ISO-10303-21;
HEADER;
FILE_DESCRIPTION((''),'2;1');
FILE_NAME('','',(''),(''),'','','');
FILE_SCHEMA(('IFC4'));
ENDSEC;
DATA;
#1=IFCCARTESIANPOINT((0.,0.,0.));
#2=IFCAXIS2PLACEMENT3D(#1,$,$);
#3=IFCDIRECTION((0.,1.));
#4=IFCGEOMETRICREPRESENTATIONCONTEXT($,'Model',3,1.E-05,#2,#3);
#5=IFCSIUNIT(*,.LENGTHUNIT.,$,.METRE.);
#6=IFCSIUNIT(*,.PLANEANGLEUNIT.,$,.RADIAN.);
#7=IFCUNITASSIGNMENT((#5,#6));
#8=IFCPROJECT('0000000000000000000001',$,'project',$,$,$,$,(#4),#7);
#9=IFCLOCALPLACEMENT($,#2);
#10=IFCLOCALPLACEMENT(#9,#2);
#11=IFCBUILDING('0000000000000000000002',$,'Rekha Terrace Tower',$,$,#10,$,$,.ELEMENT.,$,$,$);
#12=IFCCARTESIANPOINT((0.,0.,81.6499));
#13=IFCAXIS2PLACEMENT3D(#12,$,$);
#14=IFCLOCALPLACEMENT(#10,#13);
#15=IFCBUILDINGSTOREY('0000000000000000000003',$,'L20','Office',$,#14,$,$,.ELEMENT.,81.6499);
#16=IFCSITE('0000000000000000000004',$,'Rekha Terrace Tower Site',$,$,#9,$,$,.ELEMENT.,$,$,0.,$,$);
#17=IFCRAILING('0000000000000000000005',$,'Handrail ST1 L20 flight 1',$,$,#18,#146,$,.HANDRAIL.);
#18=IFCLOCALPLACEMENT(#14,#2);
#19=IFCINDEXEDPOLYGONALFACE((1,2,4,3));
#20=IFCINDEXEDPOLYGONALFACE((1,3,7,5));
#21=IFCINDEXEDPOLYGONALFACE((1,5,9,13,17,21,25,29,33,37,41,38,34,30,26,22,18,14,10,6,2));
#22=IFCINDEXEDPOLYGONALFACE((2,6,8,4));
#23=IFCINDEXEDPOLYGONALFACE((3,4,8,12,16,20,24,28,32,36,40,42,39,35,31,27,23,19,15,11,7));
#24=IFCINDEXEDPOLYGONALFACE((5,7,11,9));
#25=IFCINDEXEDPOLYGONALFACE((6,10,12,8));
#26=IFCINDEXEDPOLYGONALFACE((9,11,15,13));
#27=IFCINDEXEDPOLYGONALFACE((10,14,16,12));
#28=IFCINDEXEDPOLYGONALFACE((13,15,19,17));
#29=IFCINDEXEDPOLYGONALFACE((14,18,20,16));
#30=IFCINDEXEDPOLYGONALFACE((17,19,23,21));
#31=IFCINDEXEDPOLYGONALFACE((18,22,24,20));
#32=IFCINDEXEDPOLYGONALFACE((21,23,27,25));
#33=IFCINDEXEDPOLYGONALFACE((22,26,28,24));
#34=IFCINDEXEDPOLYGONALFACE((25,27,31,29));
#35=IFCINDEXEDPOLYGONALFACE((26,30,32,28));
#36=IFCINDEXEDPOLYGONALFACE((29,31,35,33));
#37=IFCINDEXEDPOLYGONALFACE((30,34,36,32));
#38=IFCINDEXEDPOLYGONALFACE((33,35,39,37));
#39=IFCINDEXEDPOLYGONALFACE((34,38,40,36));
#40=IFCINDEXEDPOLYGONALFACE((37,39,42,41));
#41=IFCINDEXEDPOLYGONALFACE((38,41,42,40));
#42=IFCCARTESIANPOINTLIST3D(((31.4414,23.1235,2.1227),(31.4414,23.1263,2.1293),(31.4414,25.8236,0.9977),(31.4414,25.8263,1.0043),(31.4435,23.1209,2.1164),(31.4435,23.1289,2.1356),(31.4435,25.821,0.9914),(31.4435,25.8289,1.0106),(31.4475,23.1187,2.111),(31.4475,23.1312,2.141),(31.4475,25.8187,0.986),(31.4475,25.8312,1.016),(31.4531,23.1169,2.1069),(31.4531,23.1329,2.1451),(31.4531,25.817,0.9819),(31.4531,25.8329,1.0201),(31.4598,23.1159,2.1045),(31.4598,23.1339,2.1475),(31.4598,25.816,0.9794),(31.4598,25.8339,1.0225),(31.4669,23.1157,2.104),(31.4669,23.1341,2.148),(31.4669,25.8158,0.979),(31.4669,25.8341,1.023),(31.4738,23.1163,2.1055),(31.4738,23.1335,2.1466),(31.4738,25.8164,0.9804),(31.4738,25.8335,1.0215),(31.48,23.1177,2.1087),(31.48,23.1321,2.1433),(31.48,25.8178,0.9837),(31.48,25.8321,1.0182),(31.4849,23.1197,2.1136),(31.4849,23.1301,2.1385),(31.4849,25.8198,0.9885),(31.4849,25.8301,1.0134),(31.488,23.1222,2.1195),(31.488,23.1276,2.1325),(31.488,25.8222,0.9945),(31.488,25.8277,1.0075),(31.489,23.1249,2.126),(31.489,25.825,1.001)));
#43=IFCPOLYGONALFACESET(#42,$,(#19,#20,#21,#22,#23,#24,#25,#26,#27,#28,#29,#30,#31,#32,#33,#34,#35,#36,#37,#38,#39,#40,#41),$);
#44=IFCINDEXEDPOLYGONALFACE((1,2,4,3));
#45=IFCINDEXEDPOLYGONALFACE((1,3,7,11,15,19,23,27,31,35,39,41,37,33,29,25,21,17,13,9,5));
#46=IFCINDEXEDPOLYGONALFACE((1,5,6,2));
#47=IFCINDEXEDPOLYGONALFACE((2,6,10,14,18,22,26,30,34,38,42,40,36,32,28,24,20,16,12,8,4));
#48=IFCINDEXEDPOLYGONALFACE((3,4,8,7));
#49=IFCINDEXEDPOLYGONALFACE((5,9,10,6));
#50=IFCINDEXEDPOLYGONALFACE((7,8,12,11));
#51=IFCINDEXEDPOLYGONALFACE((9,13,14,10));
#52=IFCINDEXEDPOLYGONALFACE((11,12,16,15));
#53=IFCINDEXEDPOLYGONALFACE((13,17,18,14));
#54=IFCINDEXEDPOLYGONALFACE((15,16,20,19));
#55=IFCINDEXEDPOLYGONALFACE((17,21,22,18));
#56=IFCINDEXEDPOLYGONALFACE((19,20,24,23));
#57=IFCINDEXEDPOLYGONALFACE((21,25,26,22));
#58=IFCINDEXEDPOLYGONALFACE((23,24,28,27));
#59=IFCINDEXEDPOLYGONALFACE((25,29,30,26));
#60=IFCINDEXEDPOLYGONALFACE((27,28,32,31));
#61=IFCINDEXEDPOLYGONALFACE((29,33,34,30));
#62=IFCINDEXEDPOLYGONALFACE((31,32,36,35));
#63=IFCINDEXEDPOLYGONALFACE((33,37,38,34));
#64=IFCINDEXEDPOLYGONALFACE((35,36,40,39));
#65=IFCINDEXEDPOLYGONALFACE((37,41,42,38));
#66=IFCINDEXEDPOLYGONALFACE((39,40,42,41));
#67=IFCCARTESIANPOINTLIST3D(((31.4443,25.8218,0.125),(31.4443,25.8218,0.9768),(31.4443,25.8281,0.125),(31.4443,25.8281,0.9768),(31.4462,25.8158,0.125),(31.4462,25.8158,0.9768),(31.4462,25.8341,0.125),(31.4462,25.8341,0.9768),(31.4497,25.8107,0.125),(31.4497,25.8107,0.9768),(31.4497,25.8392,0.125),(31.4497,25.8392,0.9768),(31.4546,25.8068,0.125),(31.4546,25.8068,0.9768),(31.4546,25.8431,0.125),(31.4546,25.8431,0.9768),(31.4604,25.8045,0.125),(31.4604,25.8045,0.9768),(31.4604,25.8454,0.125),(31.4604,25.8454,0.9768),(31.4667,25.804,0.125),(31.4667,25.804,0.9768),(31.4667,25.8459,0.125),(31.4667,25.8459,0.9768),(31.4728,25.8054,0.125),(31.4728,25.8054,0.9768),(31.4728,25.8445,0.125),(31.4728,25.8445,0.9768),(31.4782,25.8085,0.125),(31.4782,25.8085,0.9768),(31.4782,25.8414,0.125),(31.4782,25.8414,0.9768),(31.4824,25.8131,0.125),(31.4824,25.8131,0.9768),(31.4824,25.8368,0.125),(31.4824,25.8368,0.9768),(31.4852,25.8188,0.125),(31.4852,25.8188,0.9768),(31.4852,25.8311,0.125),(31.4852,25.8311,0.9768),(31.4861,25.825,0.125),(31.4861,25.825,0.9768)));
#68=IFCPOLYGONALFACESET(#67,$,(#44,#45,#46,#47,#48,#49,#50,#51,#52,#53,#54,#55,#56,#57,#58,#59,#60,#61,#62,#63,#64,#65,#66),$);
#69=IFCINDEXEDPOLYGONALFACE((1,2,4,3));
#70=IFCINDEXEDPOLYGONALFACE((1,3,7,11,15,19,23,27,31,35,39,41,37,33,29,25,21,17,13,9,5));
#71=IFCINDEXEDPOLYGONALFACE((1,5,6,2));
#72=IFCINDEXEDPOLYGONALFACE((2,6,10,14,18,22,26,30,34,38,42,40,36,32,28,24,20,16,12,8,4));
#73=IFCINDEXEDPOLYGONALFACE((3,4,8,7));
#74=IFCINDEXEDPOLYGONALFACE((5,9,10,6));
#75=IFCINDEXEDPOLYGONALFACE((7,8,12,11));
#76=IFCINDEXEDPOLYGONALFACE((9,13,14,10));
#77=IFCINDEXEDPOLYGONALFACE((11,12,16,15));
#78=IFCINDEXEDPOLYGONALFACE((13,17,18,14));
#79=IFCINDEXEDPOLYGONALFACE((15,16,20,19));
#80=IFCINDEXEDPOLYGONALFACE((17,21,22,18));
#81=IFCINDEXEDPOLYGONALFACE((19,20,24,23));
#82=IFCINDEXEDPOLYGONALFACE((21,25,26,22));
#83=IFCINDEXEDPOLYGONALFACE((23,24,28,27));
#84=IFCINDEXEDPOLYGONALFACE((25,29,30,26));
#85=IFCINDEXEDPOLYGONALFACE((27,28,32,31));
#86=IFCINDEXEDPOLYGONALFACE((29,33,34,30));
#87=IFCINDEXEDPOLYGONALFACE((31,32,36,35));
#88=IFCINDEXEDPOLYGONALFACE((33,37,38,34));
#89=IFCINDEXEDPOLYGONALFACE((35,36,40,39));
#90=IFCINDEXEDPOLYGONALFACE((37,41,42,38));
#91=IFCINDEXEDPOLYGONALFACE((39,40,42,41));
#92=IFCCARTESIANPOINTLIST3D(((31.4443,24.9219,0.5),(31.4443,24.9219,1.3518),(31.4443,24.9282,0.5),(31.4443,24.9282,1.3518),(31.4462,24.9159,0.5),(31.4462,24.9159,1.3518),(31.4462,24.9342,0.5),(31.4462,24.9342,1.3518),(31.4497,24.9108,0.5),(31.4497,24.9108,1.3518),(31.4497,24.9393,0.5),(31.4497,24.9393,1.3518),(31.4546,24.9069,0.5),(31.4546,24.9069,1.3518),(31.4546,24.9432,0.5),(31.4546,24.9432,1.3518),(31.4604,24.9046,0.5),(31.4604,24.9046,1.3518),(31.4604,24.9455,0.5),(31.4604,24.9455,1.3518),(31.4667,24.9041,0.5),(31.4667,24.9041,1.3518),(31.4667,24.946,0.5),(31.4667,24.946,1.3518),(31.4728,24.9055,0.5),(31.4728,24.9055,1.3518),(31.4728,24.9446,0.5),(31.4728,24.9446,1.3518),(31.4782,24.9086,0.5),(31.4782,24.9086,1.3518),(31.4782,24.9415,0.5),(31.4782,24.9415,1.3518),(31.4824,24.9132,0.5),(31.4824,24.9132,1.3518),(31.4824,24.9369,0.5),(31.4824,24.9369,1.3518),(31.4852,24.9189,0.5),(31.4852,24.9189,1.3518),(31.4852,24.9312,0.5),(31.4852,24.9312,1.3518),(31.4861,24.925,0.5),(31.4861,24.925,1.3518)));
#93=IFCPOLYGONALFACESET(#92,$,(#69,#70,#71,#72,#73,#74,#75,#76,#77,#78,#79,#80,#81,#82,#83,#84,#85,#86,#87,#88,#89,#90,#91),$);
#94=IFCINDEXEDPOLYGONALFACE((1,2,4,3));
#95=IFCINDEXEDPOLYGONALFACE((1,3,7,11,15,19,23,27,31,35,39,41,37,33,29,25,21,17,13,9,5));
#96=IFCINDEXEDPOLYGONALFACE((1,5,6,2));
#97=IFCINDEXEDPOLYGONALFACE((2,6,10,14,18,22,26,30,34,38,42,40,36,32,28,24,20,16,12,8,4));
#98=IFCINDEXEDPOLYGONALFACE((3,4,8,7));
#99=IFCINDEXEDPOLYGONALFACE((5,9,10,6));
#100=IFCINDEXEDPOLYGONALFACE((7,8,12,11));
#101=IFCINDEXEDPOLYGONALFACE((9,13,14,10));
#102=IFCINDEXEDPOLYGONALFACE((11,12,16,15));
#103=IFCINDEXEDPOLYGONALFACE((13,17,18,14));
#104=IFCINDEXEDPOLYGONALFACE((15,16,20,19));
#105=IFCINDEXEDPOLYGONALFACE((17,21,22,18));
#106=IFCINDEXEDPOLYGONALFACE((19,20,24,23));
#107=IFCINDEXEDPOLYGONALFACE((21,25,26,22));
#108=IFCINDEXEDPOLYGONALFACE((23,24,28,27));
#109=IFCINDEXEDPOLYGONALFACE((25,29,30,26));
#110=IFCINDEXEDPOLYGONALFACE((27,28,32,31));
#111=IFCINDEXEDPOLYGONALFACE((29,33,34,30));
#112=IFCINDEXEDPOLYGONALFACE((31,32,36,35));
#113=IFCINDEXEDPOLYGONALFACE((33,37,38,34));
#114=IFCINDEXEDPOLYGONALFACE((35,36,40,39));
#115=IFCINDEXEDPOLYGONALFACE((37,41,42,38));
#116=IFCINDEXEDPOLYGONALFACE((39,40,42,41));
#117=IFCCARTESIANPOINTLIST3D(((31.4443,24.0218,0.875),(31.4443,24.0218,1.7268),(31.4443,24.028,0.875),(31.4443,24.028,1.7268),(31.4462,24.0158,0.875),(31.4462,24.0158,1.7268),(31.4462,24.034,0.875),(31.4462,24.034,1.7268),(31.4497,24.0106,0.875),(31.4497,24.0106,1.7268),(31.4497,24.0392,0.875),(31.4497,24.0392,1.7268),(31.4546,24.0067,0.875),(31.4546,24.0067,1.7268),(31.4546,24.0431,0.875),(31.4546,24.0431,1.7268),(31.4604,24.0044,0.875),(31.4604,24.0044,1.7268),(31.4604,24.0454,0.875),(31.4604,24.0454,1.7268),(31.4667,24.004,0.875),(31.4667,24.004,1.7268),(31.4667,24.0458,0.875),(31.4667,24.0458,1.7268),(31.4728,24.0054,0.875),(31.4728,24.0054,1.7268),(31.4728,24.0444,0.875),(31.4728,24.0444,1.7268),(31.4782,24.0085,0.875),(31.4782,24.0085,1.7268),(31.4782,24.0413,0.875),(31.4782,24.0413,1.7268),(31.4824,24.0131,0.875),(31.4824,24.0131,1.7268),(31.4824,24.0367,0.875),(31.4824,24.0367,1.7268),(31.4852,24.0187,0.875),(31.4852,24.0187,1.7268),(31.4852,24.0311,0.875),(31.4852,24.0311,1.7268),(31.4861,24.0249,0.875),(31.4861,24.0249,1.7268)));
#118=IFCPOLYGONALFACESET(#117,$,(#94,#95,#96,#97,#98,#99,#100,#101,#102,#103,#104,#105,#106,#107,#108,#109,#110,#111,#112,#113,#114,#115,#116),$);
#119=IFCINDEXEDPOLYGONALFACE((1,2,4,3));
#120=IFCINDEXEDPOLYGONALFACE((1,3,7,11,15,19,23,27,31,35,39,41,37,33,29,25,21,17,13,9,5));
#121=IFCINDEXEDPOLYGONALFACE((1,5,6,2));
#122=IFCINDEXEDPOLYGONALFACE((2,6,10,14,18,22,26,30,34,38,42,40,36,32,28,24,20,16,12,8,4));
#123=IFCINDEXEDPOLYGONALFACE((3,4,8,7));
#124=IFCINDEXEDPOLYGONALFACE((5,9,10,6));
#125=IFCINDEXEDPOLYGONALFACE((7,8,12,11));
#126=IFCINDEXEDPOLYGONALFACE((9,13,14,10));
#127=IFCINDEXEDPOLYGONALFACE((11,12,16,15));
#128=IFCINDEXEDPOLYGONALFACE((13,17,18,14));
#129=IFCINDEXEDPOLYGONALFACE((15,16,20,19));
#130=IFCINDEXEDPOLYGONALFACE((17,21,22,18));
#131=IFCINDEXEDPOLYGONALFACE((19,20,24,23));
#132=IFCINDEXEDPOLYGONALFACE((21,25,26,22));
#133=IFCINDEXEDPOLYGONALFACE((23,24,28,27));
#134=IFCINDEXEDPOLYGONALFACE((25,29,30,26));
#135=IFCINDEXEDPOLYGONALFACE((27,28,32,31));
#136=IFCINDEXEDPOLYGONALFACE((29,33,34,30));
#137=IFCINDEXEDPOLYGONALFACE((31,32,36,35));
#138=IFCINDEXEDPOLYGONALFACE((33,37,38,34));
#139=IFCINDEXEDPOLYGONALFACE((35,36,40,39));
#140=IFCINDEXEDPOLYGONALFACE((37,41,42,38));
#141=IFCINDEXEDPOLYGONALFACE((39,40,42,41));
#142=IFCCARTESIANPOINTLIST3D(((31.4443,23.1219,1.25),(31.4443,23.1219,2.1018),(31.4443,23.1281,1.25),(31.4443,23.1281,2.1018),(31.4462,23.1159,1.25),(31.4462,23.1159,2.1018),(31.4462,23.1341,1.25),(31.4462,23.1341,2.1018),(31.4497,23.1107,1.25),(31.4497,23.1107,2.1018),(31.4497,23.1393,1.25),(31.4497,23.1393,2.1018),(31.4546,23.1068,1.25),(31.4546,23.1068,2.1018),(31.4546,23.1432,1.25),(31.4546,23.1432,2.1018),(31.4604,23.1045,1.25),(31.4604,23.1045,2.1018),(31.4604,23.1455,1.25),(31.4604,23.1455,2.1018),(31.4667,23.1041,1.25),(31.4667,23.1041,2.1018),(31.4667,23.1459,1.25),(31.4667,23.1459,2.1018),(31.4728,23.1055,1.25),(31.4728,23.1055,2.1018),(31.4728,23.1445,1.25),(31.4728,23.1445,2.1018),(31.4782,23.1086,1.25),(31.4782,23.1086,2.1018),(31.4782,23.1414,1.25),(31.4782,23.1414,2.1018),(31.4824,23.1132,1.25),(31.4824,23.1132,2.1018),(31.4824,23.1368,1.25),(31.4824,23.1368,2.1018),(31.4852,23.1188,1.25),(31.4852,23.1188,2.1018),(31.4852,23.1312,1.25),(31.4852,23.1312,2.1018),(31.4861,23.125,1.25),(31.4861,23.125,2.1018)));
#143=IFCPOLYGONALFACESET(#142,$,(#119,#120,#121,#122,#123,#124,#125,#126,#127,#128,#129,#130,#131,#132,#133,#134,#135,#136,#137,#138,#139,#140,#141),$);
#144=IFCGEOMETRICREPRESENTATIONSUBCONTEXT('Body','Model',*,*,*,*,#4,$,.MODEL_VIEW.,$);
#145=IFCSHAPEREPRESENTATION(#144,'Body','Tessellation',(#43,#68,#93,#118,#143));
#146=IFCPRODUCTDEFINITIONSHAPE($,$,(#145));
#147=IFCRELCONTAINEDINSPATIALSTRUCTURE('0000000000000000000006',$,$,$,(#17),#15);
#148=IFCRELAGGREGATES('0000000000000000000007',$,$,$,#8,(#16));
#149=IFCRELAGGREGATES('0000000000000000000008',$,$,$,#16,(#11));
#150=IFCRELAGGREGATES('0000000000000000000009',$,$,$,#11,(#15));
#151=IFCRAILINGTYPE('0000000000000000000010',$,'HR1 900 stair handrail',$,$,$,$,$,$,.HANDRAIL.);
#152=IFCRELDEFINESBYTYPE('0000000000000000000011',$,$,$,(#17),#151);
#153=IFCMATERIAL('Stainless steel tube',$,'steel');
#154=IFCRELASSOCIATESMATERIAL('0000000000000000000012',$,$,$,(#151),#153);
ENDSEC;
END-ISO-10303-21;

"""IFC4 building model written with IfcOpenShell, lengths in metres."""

from ifc_helpers import new_model, si_unit, direction, frame, origin, origin_2d, place, context, subcontext, project, spatial, circle, extrude, material, type_object, element, save


model = new_model("IFC4")

# Units and contexts
model_context = context("Model", 3, precision=1e-05, world=origin(), true_north=direction((0.0, 1.0)))
body_context = subcontext(model_context, "Body", "Model", "MODEL_VIEW")
ifc_project = project(units=[si_unit("LENGTHUNIT", "METRE"), si_unit("PLANEANGLEUNIT", "RADIAN")], contexts=[model_context])

# Site, building, storey
site_placement = place(None, origin())
site = spatial("IfcSite", under=ifc_project, at=site_placement, Name="Rekha Terrace Tower Site", CompositionType="ELEMENT", RefElevation=0.0)
building_placement = place(site_placement, origin())
building = spatial("IfcBuilding", under=site, at=building_placement, Name="Rekha Terrace Tower", CompositionType="ELEMENT")
storey_placement = place(building_placement, frame((0.0, 0.0, 81.6499)))
storey = spatial("IfcBuildingStorey", under=building, at=storey_placement, Name="L20", Description="Office", CompositionType="ELEMENT", Elevation=81.6499)

# Railing
ifc_material_1 = material(Name="Stainless steel tube", Category="steel")
railing_type_1 = type_object("IfcRailingType", Name="HR1 900 stair handrail", PredefinedType="HANDRAIL", material=ifc_material_1)
railing_1_placement = place(storey_placement, frame((31.4651, 25.825, 0.125)))
element("IfcRailing", 1, at=railing_1_placement, inside=storey, type_object=railing_type_1, Name="Handrail ST1 L20 flight 1", PredefinedType="HANDRAIL", context=body_context, shape_type="SweptSolid", body=[
    extrude(circle(Radius=0.0239, at=origin_2d()), frame((0.0, 0.0, 0.876), z_axis=(0.0, -0.923074, 0.384621), x_axis=(1.0, 0.0, 0.0)), (0.0, 0.0, 1.0), 2.925),
    extrude(circle(Radius=0.021, at=origin_2d()), origin(), (0.0, 0.0, 1.0), 0.8518),
    extrude(circle(Radius=0.021, at=origin_2d()), frame((0.0, -0.8999, 0.375)), (0.0, 0.0, 1.0), 0.8518),
    extrude(circle(Radius=0.021, at=origin_2d()), frame((0.0, -1.8, 0.75)), (0.0, 0.0, 1.0), 0.8518),
    extrude(circle(Radius=0.021, at=origin_2d()), frame((0.0, -2.7, 1.125)), (0.0, 0.0, 1.0), 0.8518),
])

save(model, "model.ifc")
